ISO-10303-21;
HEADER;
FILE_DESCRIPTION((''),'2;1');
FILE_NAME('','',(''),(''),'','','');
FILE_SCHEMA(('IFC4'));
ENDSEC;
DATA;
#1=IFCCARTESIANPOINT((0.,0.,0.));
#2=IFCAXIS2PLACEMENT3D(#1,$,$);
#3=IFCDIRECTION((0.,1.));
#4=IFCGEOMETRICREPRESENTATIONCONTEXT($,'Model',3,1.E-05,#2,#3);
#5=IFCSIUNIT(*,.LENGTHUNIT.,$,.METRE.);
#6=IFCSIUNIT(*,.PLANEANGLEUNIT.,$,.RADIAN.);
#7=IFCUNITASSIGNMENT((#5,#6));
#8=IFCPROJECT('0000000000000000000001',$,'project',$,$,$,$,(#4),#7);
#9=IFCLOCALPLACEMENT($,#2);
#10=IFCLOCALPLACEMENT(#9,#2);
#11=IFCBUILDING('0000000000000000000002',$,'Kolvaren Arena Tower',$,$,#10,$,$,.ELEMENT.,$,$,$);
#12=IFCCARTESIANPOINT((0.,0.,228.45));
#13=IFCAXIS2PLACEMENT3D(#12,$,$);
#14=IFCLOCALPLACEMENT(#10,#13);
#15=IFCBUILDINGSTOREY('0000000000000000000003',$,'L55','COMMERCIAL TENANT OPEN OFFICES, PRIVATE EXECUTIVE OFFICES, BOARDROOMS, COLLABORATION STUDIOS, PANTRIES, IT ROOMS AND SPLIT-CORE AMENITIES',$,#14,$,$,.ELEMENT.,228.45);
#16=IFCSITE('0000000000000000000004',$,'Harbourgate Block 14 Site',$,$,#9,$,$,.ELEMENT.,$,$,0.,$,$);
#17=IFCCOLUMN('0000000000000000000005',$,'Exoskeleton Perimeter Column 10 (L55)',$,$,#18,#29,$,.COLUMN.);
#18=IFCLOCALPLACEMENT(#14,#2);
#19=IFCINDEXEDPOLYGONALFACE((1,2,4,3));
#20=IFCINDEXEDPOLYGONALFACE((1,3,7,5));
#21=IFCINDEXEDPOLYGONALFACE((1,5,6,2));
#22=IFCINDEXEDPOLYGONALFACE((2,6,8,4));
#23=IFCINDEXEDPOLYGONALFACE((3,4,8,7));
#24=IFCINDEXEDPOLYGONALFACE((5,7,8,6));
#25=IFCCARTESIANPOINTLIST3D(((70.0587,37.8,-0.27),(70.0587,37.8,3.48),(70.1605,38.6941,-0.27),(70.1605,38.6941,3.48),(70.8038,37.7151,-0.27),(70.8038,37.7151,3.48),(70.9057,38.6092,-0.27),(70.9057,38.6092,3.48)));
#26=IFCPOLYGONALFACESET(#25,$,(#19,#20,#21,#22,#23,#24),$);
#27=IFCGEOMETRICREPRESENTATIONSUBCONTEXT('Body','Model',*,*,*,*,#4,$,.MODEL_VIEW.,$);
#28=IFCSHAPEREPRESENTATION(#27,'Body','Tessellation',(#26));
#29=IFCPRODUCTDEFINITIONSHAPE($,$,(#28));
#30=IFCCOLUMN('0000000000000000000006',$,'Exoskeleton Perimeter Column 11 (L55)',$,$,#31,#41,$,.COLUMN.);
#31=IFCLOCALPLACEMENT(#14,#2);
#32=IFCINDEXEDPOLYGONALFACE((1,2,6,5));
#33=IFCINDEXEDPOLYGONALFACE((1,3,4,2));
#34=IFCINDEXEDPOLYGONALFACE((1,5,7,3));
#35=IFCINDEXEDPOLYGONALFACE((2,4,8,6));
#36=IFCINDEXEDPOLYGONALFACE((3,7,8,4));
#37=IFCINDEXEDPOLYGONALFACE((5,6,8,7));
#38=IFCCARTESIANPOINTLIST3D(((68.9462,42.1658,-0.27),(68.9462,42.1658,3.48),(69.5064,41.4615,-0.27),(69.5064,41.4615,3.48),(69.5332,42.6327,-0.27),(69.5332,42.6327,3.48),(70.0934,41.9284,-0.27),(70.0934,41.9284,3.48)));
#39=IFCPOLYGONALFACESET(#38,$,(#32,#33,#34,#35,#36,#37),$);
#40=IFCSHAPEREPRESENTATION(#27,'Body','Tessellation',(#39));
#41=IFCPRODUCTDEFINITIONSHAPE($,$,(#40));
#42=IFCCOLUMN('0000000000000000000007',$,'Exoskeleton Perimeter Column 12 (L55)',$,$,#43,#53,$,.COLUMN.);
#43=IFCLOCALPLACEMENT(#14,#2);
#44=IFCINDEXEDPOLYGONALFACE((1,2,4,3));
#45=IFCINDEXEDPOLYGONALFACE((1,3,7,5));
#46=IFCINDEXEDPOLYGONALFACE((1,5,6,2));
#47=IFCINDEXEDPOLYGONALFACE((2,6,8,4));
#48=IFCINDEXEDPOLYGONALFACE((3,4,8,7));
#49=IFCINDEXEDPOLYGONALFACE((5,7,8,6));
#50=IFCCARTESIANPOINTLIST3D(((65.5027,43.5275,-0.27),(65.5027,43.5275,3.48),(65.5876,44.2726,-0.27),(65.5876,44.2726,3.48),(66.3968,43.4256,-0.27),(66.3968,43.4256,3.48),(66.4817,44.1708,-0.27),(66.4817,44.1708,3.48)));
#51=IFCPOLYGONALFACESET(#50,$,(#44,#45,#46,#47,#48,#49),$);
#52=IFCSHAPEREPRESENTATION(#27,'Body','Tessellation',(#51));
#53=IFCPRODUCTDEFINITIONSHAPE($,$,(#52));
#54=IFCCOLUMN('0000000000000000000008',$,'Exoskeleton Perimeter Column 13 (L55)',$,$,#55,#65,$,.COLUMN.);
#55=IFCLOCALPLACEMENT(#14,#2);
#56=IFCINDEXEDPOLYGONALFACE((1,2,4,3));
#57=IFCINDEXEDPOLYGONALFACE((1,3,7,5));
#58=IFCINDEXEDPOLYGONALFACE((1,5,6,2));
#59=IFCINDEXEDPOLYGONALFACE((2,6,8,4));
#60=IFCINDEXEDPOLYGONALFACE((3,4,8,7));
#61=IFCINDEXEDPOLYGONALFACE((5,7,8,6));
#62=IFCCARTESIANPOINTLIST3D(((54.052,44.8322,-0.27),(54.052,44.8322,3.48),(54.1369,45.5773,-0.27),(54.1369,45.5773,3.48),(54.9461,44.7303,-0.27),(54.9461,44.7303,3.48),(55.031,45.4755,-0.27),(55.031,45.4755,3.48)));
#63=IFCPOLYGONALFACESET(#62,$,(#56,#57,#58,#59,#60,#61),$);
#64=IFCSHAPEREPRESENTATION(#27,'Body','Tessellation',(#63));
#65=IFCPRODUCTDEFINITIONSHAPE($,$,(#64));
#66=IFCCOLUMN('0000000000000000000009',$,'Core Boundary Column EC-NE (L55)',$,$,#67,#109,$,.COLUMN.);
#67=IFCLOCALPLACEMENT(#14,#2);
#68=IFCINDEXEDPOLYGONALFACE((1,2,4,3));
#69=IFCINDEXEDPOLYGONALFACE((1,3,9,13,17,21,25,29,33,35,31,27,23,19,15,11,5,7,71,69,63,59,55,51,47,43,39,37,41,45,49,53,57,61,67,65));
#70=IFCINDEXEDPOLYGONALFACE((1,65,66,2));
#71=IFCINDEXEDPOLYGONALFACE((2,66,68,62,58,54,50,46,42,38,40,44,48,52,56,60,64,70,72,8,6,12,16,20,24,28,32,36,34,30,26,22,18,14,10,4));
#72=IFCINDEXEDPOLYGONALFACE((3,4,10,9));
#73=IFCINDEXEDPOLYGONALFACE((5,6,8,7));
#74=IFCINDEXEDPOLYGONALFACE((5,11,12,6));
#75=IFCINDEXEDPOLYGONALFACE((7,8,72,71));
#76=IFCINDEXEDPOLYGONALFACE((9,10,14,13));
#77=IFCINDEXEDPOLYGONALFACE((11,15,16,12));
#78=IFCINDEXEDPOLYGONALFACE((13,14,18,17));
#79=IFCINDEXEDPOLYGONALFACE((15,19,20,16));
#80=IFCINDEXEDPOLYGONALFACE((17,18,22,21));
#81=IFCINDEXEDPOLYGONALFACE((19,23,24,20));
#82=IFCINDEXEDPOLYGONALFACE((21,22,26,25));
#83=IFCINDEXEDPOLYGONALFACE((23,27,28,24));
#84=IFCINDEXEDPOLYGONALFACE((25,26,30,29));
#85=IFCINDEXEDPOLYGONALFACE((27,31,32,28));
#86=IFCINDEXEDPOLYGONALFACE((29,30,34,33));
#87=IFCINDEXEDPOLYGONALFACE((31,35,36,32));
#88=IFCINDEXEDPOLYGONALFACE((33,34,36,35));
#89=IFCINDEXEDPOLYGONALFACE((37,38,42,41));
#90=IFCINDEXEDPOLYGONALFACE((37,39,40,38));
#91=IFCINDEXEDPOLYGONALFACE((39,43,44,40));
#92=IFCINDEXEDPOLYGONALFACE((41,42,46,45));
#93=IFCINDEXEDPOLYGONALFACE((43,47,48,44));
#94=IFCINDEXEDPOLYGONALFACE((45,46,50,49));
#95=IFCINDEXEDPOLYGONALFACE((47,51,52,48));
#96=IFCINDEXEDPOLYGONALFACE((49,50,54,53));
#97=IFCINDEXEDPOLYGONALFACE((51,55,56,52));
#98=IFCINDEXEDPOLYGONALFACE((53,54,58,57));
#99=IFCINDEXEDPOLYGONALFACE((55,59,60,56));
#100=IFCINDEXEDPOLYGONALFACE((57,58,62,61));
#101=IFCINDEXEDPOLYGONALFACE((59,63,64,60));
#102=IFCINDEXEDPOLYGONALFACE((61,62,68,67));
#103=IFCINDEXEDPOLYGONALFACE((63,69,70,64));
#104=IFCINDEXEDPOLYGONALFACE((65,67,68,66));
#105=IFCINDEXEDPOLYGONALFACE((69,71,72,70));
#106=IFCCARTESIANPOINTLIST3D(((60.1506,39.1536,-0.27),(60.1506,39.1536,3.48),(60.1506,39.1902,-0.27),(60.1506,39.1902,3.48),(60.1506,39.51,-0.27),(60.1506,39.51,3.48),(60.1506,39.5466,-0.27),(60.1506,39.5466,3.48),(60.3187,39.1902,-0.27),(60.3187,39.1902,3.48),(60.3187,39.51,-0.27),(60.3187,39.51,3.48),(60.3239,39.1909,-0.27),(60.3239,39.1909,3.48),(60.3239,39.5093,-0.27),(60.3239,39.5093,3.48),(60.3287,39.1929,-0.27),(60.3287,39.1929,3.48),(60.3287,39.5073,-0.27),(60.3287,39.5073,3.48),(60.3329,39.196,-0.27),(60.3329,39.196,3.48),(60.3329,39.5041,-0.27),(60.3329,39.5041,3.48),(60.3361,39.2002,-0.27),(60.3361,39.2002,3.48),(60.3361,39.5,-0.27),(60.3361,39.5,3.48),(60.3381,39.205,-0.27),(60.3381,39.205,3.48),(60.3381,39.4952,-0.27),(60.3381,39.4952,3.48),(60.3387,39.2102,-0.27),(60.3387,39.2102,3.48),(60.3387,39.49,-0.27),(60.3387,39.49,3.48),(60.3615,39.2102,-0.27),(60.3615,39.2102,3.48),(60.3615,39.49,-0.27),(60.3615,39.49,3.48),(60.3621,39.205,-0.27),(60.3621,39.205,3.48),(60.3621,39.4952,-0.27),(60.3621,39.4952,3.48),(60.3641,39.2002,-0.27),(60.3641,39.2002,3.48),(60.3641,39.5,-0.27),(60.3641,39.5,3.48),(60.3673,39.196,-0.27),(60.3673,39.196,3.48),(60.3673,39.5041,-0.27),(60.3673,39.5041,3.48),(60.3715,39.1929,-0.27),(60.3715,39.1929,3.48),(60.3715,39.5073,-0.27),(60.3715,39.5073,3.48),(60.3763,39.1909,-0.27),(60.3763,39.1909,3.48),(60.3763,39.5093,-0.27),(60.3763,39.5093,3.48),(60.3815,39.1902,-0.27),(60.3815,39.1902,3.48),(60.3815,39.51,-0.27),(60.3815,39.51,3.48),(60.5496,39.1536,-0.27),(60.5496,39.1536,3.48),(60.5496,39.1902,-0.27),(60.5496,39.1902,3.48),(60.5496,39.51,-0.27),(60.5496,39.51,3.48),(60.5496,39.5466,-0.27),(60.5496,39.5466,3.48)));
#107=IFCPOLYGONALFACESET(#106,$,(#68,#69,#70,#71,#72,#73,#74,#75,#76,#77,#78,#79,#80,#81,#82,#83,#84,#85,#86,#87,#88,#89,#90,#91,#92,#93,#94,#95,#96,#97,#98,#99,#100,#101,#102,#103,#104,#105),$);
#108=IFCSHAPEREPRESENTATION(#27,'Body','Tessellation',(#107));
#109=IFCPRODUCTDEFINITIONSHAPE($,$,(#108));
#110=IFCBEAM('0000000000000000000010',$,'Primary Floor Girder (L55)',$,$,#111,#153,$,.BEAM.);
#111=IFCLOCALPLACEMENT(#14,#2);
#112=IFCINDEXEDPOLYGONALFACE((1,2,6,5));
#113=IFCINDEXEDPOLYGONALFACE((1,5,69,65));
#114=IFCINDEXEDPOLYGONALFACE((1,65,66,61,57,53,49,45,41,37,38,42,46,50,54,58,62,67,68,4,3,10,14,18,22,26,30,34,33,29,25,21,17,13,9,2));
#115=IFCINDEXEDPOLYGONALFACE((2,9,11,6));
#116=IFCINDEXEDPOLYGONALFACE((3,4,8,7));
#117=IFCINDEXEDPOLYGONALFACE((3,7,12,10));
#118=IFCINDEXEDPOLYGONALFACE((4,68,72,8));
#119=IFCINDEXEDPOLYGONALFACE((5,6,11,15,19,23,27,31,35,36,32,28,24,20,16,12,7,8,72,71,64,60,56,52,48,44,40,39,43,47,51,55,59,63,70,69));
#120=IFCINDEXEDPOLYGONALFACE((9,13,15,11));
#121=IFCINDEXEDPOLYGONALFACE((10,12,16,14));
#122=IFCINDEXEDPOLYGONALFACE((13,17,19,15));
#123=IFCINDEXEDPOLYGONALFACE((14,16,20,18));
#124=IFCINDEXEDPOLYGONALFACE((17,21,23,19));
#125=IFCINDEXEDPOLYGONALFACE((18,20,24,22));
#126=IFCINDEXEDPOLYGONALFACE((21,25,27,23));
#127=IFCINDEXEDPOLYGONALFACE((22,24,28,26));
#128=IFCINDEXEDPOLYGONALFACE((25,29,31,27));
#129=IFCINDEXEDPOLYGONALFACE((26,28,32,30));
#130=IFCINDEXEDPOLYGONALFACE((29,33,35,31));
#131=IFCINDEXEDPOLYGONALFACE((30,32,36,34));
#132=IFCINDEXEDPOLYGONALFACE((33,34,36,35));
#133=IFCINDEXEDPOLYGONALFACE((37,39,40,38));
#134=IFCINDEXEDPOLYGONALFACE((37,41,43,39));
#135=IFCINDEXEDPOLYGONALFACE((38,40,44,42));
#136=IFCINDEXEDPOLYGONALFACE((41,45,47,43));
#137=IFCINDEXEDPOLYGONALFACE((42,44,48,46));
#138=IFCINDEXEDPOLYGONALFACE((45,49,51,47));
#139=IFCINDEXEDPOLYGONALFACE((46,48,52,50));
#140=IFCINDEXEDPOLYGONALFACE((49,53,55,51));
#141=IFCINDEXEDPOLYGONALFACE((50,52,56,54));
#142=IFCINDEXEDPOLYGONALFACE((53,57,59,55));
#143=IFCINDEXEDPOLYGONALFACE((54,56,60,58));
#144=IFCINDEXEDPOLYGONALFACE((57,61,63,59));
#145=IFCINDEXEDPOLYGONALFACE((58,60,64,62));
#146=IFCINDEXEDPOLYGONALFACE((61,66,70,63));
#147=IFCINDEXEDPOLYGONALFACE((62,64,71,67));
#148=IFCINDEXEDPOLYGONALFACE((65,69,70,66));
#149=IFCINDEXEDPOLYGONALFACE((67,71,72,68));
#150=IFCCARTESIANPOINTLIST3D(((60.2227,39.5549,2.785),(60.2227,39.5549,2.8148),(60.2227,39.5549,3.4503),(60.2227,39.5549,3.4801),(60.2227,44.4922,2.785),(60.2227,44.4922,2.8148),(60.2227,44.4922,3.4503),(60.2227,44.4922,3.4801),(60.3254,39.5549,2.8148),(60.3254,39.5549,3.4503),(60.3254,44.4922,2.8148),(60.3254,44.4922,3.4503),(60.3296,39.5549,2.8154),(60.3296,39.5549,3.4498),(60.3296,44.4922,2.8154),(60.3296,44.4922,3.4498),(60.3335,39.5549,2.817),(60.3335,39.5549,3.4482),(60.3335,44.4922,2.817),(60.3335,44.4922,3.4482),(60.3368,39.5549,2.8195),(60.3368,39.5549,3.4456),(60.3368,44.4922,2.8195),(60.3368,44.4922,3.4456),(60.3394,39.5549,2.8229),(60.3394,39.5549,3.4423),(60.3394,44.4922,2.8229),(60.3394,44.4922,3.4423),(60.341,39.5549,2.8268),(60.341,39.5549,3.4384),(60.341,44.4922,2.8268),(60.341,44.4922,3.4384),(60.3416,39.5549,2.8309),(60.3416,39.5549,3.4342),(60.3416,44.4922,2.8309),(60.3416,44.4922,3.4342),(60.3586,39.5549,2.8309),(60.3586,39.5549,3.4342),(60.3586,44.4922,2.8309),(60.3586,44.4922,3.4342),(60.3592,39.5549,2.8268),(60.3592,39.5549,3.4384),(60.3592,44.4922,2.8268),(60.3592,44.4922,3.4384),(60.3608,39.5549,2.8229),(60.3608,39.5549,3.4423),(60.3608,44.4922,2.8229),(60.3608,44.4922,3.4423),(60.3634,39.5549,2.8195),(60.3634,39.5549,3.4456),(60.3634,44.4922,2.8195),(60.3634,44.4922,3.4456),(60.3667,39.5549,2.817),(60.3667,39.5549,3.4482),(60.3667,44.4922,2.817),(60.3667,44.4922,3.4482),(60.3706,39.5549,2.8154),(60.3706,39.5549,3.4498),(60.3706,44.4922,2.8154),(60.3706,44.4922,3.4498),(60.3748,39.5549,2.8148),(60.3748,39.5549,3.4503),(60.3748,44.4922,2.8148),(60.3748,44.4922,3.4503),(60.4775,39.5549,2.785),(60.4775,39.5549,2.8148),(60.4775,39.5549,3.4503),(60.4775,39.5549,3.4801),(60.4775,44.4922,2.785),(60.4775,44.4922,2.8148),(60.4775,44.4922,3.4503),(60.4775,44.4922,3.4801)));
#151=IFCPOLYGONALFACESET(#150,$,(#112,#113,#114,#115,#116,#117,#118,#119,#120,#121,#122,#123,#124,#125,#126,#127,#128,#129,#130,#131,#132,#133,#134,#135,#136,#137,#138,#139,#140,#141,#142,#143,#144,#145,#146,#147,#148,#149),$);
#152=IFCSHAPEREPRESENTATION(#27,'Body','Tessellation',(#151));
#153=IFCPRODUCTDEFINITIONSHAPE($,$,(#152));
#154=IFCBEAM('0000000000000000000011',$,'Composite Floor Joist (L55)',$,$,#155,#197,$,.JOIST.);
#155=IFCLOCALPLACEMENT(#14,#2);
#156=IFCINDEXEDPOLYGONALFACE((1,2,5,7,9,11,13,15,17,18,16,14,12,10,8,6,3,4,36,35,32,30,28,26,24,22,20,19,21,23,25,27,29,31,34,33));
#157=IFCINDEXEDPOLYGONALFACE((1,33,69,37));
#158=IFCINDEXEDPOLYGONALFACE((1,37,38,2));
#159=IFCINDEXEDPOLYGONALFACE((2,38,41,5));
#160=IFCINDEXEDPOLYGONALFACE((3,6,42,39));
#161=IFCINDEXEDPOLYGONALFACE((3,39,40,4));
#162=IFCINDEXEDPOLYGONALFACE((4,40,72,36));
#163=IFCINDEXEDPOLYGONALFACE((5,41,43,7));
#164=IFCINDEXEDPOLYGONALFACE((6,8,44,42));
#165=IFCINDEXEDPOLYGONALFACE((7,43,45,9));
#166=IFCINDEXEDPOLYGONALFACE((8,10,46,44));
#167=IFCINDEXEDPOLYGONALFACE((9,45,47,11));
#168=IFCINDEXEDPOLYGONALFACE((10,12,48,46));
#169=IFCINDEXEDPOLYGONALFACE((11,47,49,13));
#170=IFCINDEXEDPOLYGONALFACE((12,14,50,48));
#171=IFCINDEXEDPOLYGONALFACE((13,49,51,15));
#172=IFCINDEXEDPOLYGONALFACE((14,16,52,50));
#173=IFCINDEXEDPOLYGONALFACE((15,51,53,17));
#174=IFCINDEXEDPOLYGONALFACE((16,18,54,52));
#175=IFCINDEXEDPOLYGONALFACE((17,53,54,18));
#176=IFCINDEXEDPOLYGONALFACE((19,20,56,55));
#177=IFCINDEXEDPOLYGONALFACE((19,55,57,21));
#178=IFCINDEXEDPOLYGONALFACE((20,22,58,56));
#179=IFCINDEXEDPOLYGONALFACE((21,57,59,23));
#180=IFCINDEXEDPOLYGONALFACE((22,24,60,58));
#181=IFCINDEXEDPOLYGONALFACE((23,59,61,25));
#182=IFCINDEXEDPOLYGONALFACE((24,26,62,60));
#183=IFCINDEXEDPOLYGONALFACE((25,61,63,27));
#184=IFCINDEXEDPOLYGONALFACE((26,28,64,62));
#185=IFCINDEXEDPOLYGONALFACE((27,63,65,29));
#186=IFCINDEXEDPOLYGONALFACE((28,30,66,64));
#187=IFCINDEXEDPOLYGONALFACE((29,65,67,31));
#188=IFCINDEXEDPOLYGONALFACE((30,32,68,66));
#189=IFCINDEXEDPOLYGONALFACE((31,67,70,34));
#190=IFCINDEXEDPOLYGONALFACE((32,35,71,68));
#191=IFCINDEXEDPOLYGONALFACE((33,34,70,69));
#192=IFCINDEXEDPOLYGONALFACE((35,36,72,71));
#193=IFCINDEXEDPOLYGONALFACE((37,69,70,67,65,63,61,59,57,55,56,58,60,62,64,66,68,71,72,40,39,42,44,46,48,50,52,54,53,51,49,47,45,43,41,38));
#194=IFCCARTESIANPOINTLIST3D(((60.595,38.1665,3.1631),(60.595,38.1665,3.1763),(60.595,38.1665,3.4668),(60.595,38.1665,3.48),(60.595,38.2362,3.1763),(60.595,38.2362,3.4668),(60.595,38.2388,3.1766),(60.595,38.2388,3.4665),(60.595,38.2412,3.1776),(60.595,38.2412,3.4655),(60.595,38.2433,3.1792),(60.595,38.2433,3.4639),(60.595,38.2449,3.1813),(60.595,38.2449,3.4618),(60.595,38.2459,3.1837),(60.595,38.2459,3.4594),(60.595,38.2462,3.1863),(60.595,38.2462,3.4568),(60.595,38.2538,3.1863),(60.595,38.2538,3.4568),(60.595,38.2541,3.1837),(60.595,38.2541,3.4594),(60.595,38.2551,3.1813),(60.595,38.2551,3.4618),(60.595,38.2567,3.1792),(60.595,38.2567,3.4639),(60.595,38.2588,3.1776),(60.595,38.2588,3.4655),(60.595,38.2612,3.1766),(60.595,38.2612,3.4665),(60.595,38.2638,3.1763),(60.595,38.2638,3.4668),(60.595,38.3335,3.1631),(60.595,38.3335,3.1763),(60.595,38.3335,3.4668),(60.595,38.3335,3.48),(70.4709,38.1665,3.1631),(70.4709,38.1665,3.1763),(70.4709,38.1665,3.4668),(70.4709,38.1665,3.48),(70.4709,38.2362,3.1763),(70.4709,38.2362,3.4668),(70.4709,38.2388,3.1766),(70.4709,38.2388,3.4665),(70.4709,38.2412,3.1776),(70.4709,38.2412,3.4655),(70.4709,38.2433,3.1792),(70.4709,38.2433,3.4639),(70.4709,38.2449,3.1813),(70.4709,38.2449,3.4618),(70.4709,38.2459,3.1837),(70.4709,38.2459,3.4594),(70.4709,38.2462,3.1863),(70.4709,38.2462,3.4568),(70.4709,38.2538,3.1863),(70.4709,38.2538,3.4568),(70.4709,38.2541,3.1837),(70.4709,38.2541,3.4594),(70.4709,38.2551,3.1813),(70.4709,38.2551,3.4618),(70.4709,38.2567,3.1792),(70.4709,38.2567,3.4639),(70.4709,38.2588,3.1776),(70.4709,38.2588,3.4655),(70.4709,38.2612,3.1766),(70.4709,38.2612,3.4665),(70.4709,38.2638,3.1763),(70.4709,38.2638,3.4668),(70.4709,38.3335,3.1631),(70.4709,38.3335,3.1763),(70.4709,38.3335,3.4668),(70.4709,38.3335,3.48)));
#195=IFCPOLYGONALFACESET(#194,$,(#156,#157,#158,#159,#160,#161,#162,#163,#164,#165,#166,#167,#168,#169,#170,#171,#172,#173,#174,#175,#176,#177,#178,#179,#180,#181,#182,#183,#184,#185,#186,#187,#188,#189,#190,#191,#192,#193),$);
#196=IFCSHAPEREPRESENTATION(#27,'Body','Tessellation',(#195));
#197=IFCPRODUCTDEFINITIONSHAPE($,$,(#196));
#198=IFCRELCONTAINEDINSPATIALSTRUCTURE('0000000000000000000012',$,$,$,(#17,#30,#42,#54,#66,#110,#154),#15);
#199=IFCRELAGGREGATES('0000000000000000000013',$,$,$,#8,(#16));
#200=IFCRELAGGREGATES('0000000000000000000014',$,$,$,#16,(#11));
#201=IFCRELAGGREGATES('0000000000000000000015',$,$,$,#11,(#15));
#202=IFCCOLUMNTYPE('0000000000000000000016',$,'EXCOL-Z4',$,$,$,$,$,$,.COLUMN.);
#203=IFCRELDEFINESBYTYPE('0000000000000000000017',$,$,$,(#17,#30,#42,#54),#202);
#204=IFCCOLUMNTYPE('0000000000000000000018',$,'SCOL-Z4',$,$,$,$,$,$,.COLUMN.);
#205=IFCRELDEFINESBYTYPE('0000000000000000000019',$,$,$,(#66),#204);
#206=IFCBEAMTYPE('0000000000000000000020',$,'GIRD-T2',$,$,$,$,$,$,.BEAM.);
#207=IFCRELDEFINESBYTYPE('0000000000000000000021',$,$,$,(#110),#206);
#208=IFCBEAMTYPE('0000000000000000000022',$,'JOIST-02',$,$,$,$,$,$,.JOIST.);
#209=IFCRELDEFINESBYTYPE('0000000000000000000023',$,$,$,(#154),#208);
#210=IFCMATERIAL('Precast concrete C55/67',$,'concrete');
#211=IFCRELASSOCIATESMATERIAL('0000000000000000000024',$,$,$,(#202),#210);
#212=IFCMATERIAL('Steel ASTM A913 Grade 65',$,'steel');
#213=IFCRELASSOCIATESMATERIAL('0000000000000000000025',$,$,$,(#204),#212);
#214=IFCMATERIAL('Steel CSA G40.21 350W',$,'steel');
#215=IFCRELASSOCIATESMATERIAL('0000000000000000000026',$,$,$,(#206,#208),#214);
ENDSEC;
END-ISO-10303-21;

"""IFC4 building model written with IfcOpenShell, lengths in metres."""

from ifc_helpers import new_model, si_unit, direction, frame, origin, origin_2d, place, context, subcontext, project, spatial, rectangle, i_section, extrude, material, material_profile, profile_set, type_object, element, save


model = new_model("IFC4")

# Units and contexts
model_context = context("Model", 3, precision=1e-05, world=origin(), true_north=direction((0.0, 1.0)))
body_context = subcontext(model_context, "Body", "Model", "MODEL_VIEW")
ifc_project = project(units=[si_unit("LENGTHUNIT", "METRE"), si_unit("PLANEANGLEUNIT", "RADIAN")], contexts=[model_context])

# Site, building, storey
site_placement = place(None, origin())
site = spatial("IfcSite", under=ifc_project, at=site_placement, Name="Harbourgate Block 14 Site", CompositionType="ELEMENT", RefElevation=0.0)
building_placement = place(site_placement, origin())
building = spatial("IfcBuilding", under=site, at=building_placement, Name="Kolvaren Arena Tower", CompositionType="ELEMENT")
storey_placement = place(building_placement, frame((0.0, 0.0, 228.45)))
storey = spatial("IfcBuildingStorey", under=building, at=storey_placement, Name="L55", Description="COMMERCIAL TENANT OPEN OFFICES, PRIVATE EXECUTIVE OFFICES, BOARDROOMS, COLLABORATION STUDIOS, PANTRIES, IT ROOMS AND SPLIT-CORE AMENITIES", CompositionType="ELEMENT", Elevation=228.45)

# Columns
ifc_material_1 = material(Name="Precast concrete C55/67", Category="concrete")
ifc_material_profile_1 = material_profile(ifc_material_1, rectangle(XDim=0.8999, YDim=0.75, at=origin_2d()), Name="RC-900x750")
ifc_profile_set_1 = profile_set([ifc_material_profile_1], Name="Precast concrete C55/67")
column_type_1 = type_object("IfcColumnType", Name="EXCOL-Z4", PredefinedType="COLUMN", material=ifc_profile_set_1)
for number, where, z_axis, x_axis, name in (
    (1, (70.4822, 38.2046, -0.27), (0.0, 0.0, 1.0), (0.113203, 0.993572, 0.0), "Exoskeleton Perimeter Column 10 (L55)"),
    (2, (69.5198, 42.0471, -0.27), (0.0, 0.0, 1.0), (-0.622515, 0.782608, 0.0), "Exoskeleton Perimeter Column 11 (L55)"),
    (3, (65.9922, 43.8491, -0.27), (0.0, 0.0, 1.0), (0.993572, -0.113203, 0.0), "Exoskeleton Perimeter Column 12 (L55)"),
    (4, (54.5415, 45.1538, -0.27), (0.0, 0.0, 1.0), (0.993572, -0.113203, 0.0), "Exoskeleton Perimeter Column 13 (L55)"),
):
    element("IfcColumn", number, at=place(storey_placement, frame(where, z_axis=z_axis, x_axis=x_axis)), inside=storey, type_object=column_type_1, Name=name, PredefinedType="COLUMN", context=body_context, shape_type="SweptSolid", body=[
        extrude(rectangle(XDim=0.8999, YDim=0.75, at=origin_2d()), origin(), (0.0, 0.0, 1.0), 3.75),
    ])
ifc_material_2 = material(Name="Steel ASTM A913 Grade 65", Category="steel")
ifc_material_profile_2 = material_profile(ifc_material_2, i_section(OverallWidth=0.3989, OverallDepth=0.3931, WebThickness=0.0227, FlangeThickness=0.0366, FilletRadius=0.02, at=origin_2d()), Name="W360x287")
ifc_profile_set_2 = profile_set([ifc_material_profile_2], Name="Steel ASTM A913 Grade 65")
column_type_2 = type_object("IfcColumnType", Name="SCOL-Z4", PredefinedType="COLUMN", material=ifc_profile_set_2)
column_placement = place(storey_placement, frame((60.3501, 39.3501, -0.27), z_axis=(0.0, 0.0, 1.0), x_axis=(1.0, 0.0, 0.0)))
element("IfcColumn", 5, at=column_placement, inside=storey, type_object=column_type_2, Name="Core Boundary Column EC-NE (L55)", PredefinedType="COLUMN", context=body_context, shape_type="SweptSolid", body=[
    extrude(i_section(OverallWidth=0.3989, OverallDepth=0.3931, WebThickness=0.0227, FlangeThickness=0.0366, FilletRadius=0.02, at=origin_2d()), origin(), (0.0, 0.0, 1.0), 3.75),
])

# Beams
ifc_material_3 = material(Name="Steel CSA G40.21 350W", Category="steel")
ifc_material_profile_3 = material_profile(ifc_material_3, i_section(OverallWidth=0.2549, OverallDepth=0.6951, WebThickness=0.0171, FlangeThickness=0.0298, FilletRadius=0.0161, at=origin_2d()), Name="W690x217")
ifc_profile_set_3 = profile_set([ifc_material_profile_3], Name="Steel CSA G40.21 350W")
beam_type_1 = type_object("IfcBeamType", Name="GIRD-T2", PredefinedType="BEAM", material=ifc_profile_set_3)
beam_1_placement = place(storey_placement, frame((60.3501, 39.5549, 3.1326), z_axis=(0.0, 1.0, 0.0), x_axis=(-1.0, 0.0, 0.0)))
element("IfcBeam", 6, at=beam_1_placement, inside=storey, type_object=beam_type_1, Name="Primary Floor Girder (L55)", PredefinedType="BEAM", context=body_context, shape_type="SweptSolid", body=[
    extrude(i_section(OverallWidth=0.2549, OverallDepth=0.6951, WebThickness=0.0171, FlangeThickness=0.0298, FilletRadius=0.0161, at=origin_2d()), origin(), (0.0, 0.0, 1.0), 4.9373),
])
ifc_material_profile_4 = material_profile(ifc_material_3, i_section(OverallWidth=0.167, OverallDepth=0.3169, WebThickness=0.0076, FlangeThickness=0.0132, FilletRadius=0.01, at=origin_2d()), Name="W310x52")
ifc_profile_set_4 = profile_set([ifc_material_profile_4], Name="Steel CSA G40.21 350W")
beam_type_2 = type_object("IfcBeamType", Name="JOIST-02", PredefinedType="JOIST", material=ifc_profile_set_4)
beam_2_placement = place(storey_placement, frame((60.595, 38.25, 3.3215), z_axis=(1.0, 0.0, 0.0), x_axis=(0.0, 1.0, 0.0)))
element("IfcBeam", 7, at=beam_2_placement, inside=storey, type_object=beam_type_2, Name="Composite Floor Joist (L55)", PredefinedType="JOIST", context=body_context, shape_type="SweptSolid", body=[
    extrude(i_section(OverallWidth=0.167, OverallDepth=0.3169, WebThickness=0.0076, FlangeThickness=0.0132, FilletRadius=0.01, at=origin_2d()), origin(), (0.0, 0.0, 1.0), 9.876),
])

save(model, "model.ifc")
